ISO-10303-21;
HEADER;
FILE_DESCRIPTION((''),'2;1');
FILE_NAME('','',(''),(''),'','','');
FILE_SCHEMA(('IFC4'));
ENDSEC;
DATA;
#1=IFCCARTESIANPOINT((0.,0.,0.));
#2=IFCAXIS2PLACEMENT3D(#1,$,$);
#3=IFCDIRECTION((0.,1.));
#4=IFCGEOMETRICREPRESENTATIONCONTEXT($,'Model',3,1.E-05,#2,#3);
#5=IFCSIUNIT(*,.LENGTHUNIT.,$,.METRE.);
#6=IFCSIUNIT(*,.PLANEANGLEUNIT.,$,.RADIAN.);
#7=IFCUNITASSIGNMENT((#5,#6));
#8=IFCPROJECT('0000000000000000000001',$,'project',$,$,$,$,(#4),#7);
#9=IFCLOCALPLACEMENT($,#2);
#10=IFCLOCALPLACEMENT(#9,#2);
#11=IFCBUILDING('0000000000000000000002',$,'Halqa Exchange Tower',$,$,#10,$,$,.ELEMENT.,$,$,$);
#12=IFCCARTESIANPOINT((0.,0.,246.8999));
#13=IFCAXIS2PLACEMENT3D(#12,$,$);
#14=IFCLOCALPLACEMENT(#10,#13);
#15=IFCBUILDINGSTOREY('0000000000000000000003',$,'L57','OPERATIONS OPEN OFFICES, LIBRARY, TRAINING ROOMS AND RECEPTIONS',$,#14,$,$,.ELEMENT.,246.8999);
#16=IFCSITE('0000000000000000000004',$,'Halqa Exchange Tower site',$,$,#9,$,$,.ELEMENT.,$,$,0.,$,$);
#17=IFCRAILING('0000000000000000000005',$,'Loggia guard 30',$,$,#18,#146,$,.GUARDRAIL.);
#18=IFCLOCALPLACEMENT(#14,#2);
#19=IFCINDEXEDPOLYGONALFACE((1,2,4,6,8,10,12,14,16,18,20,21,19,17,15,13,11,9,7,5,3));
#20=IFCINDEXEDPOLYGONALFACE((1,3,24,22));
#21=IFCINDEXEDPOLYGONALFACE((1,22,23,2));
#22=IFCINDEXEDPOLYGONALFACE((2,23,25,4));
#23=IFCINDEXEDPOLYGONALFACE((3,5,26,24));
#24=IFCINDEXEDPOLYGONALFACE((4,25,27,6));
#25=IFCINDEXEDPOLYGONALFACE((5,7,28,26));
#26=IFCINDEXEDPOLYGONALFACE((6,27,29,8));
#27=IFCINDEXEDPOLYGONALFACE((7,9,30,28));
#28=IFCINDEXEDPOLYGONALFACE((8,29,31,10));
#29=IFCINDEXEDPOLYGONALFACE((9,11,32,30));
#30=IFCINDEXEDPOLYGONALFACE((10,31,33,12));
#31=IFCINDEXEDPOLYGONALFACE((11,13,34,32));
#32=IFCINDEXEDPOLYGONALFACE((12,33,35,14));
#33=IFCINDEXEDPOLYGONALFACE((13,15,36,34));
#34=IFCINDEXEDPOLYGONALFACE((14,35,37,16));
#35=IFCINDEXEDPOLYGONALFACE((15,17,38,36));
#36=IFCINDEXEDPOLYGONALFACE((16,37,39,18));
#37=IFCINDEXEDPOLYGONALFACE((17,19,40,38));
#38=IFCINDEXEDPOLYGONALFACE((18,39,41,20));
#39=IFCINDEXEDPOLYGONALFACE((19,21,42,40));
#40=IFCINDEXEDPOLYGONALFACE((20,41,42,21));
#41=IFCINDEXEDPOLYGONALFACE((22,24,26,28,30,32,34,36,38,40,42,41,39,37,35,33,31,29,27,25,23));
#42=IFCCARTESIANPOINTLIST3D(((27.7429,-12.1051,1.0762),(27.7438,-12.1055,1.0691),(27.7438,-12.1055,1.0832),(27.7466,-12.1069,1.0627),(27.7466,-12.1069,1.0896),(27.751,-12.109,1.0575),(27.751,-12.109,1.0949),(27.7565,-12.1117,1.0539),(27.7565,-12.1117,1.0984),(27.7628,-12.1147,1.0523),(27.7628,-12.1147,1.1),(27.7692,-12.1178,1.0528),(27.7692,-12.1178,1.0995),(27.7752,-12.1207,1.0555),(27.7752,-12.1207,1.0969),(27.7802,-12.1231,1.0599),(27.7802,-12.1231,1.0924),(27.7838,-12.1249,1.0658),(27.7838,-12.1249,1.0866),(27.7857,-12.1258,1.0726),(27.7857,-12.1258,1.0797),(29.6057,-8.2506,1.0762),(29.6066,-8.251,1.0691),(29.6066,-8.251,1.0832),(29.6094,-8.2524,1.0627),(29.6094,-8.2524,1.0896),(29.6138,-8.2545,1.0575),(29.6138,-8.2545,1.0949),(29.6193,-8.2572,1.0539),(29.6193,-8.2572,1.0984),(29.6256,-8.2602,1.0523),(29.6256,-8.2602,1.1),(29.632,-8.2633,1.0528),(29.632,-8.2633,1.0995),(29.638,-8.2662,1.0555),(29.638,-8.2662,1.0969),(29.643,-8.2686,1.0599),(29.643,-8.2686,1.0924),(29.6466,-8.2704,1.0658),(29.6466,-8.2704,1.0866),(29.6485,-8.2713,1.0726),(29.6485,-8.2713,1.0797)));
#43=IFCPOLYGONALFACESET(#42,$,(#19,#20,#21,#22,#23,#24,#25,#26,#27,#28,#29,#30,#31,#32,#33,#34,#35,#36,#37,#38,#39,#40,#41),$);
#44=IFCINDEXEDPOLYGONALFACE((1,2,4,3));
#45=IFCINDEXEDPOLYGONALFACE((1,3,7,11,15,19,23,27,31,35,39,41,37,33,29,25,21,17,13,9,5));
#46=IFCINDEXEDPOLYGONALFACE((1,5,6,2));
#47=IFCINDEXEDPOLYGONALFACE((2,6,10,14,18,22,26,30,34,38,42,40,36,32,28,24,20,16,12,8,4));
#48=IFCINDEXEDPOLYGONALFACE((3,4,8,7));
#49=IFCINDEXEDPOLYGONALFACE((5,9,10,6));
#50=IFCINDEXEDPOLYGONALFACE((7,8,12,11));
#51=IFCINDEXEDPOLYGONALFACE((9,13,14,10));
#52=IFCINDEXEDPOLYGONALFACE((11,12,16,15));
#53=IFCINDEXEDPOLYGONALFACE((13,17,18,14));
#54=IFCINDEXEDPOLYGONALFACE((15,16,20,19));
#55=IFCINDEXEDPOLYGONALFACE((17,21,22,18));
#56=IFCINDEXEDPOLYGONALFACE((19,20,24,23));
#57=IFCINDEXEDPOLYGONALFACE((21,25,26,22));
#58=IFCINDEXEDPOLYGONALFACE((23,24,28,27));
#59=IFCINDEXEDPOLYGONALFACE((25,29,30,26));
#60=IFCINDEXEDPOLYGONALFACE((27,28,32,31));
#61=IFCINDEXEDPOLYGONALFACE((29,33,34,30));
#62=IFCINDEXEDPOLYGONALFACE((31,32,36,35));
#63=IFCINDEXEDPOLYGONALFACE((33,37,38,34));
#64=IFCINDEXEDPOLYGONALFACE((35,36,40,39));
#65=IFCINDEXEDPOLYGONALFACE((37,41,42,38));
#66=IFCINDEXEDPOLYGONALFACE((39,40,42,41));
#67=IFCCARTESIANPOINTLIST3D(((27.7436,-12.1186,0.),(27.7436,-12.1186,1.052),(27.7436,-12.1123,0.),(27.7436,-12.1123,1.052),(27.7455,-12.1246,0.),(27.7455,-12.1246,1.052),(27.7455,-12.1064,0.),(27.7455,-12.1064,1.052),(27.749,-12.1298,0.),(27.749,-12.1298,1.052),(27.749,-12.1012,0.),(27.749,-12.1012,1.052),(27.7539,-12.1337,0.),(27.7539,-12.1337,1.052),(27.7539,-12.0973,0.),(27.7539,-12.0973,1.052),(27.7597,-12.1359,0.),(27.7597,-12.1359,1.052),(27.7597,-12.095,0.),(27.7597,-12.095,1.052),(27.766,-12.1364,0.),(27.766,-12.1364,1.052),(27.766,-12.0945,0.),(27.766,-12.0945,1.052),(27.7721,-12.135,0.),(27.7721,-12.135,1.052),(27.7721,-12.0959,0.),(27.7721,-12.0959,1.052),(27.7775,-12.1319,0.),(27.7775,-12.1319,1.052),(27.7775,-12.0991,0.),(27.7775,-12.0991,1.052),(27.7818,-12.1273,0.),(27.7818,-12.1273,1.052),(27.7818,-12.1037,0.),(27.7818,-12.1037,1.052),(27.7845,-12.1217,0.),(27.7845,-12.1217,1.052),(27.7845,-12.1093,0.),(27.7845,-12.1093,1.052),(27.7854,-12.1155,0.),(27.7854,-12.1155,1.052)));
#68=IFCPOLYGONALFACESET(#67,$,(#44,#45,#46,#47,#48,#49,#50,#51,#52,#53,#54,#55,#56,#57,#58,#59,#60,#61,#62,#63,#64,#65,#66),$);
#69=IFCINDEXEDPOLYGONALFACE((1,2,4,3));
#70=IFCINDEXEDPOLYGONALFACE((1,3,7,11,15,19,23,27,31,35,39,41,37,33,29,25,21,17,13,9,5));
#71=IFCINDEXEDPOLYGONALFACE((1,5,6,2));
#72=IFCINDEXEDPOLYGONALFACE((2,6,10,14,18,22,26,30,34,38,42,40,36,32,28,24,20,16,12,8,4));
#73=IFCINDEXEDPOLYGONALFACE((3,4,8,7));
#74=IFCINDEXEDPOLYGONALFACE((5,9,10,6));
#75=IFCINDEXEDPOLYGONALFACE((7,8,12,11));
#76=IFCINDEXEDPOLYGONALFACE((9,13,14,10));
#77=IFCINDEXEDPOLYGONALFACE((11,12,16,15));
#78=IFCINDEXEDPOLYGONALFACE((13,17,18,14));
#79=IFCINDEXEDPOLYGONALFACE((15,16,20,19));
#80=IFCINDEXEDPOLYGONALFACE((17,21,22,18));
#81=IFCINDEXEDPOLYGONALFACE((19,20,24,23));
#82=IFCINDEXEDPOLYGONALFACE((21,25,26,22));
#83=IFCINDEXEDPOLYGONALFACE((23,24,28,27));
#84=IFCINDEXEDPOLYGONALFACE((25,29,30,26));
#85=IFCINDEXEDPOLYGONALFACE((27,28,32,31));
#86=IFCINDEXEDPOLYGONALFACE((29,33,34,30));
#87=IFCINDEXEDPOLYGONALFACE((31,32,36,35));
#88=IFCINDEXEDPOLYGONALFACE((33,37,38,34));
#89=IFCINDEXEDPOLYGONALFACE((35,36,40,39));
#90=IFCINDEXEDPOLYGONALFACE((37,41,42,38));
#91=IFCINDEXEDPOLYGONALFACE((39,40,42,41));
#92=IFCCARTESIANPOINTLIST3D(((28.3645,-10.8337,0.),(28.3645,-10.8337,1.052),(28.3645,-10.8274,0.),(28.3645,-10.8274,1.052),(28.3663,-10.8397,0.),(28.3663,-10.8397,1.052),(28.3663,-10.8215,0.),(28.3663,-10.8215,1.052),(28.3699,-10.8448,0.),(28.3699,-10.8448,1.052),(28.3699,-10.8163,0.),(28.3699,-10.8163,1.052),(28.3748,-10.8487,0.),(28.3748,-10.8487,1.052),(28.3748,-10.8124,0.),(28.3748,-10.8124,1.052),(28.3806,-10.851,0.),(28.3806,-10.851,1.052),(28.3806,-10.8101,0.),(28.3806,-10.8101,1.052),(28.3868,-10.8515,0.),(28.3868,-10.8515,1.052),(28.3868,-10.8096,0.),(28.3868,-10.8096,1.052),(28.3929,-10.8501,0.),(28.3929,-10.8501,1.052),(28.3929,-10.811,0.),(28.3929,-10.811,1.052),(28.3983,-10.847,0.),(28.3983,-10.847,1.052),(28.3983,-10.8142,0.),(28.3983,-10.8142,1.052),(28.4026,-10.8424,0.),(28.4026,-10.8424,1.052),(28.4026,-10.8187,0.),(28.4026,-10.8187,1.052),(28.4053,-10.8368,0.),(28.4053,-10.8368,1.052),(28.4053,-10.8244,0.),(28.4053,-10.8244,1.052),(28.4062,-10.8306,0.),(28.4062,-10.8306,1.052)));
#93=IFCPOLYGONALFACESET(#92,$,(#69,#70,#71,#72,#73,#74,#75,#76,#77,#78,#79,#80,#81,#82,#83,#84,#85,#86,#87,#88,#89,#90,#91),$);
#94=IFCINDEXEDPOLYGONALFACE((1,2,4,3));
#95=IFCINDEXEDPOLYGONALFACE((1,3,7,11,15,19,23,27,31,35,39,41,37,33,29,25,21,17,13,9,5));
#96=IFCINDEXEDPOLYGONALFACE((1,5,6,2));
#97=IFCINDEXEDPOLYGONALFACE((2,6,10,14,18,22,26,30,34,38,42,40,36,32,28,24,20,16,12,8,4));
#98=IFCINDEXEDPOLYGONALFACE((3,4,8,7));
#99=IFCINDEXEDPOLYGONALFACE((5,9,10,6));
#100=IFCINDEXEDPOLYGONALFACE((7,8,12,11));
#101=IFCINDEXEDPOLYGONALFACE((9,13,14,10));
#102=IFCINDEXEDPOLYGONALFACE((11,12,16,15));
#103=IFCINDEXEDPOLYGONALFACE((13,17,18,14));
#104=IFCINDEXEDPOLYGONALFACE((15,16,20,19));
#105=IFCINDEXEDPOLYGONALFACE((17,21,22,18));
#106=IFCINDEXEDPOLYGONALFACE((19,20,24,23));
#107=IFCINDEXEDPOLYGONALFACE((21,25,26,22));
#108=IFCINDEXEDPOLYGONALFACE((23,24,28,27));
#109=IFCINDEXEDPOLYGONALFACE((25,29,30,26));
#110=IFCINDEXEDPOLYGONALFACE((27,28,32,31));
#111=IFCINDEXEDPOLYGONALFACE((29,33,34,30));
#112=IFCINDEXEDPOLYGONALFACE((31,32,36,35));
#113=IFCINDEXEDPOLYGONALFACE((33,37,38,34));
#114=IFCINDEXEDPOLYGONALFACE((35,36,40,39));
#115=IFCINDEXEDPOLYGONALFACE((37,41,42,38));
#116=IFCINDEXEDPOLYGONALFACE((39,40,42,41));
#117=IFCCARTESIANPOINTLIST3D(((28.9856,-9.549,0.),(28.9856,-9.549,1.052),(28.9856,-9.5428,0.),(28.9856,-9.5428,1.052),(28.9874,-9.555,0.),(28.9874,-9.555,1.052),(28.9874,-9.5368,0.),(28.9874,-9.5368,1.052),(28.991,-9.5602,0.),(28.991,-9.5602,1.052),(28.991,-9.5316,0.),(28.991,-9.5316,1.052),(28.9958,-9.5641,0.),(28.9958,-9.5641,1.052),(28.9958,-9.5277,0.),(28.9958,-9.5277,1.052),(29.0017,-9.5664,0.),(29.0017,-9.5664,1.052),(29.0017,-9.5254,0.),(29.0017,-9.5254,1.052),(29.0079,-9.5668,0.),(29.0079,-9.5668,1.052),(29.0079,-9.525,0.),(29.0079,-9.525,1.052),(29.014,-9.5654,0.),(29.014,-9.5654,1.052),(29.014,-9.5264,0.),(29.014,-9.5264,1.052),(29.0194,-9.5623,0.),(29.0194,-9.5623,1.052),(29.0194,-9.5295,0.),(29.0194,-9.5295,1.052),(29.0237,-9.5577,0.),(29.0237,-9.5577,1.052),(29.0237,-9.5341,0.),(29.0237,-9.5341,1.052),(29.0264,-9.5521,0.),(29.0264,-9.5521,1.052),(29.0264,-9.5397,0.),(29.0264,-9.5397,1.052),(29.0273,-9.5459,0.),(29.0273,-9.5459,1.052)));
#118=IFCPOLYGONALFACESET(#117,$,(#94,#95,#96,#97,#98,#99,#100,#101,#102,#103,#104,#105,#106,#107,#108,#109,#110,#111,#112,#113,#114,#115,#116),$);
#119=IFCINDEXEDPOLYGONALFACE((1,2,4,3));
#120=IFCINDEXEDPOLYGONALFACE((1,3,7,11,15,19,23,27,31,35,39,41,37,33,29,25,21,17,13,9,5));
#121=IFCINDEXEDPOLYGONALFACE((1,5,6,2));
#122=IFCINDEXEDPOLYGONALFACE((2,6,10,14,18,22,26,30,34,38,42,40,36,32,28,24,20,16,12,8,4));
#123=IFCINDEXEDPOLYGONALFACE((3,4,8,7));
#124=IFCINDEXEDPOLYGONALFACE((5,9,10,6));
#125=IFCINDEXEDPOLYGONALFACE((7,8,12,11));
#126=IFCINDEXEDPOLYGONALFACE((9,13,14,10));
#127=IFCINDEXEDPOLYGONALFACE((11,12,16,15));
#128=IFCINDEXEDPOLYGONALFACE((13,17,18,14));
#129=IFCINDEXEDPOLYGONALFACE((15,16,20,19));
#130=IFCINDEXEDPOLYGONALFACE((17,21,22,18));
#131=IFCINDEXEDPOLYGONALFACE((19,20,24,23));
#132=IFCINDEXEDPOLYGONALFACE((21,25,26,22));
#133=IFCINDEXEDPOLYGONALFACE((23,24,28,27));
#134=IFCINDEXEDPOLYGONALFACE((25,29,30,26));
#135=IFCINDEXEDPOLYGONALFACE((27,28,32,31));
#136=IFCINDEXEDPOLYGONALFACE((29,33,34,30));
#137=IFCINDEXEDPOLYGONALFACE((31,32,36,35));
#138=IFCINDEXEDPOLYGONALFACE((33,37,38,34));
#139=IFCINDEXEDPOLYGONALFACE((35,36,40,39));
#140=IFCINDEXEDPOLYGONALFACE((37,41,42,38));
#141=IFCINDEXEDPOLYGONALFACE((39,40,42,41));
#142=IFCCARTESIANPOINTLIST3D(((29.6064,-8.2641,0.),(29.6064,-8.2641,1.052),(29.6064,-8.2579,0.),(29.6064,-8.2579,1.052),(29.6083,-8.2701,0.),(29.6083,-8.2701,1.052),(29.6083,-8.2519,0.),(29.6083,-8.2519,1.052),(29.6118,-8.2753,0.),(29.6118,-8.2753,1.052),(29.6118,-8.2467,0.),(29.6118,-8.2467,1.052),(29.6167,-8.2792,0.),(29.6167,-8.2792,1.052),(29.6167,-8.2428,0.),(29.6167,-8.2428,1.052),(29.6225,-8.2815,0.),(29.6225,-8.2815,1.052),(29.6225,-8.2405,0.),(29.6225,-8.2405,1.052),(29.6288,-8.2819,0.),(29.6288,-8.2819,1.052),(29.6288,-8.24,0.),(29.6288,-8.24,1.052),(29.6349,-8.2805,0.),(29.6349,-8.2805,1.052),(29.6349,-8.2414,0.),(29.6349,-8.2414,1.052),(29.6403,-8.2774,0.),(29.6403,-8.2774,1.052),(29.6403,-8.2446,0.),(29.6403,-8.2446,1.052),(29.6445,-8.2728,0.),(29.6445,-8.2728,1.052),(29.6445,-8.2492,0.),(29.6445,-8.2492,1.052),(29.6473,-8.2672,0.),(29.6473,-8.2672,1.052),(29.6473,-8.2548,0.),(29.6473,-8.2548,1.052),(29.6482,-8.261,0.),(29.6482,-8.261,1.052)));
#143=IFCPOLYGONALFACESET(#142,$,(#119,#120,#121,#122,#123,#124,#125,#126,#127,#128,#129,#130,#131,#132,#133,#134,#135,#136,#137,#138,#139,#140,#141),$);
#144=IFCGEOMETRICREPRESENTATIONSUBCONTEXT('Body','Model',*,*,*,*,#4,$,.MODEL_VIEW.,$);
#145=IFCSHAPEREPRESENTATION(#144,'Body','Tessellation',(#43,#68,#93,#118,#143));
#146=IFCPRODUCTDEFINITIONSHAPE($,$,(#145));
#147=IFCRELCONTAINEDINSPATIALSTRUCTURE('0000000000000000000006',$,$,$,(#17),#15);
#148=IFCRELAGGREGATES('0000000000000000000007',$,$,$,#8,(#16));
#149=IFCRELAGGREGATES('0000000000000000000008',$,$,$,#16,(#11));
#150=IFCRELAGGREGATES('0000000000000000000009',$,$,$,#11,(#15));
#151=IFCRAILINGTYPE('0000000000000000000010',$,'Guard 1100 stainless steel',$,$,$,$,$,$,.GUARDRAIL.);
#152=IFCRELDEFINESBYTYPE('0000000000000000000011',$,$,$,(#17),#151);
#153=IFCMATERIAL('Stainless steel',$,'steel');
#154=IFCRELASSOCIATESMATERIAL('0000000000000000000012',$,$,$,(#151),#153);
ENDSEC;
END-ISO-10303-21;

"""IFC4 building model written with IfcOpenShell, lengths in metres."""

from ifc_helpers import new_model, si_unit, direction, frame, origin, origin_2d, place, context, subcontext, project, spatial, circle, extrude, material, type_object, element, save


model = new_model("IFC4")

# Units and contexts
model_context = context("Model", 3, precision=1e-05, world=origin(), true_north=direction((0.0, 1.0)))
body_context = subcontext(model_context, "Body", "Model", "MODEL_VIEW")
ifc_project = project(units=[si_unit("LENGTHUNIT", "METRE"), si_unit("PLANEANGLEUNIT", "RADIAN")], contexts=[model_context])

# Site, building, storey
site_placement = place(None, origin())
site = spatial("IfcSite", under=ifc_project, at=site_placement, Name="Halqa Exchange Tower site", CompositionType="ELEMENT", RefElevation=0.0)
building_placement = place(site_placement, origin())
building = spatial("IfcBuilding", under=site, at=building_placement, Name="Halqa Exchange Tower", CompositionType="ELEMENT")
storey_placement = place(building_placement, frame((0.0, 0.0, 246.8999)))
storey = spatial("IfcBuildingStorey", under=building, at=storey_placement, Name="L57", Description="OPERATIONS OPEN OFFICES, LIBRARY, TRAINING ROOMS AND RECEPTIONS", CompositionType="ELEMENT", Elevation=246.8999)

# Railing
ifc_material_1 = material(Name="Stainless steel", Category="steel")
railing_type = type_object("IfcRailingType", Name="Guard 1100 stainless steel", PredefinedType="GUARDRAIL", material=ifc_material_1)
railing_1_placement = place(storey_placement, frame((27.7644, -12.1155, 0.0)))
element("IfcRailing", 1, at=railing_1_placement, inside=storey, type_object=railing_type, Name="Loggia guard 30", PredefinedType="GUARDRAIL", context=body_context, shape_type="SweptSolid", body=[
    extrude(circle(Radius=0.0239, at=origin_2d()), frame((0.0, 0.0, 1.0762), z_axis=(0.435129, 0.900368, 0.0), x_axis=(-0.900368, 0.435129, 0.0)), (0.0, 0.0, 1.0), 4.281),
    extrude(circle(Radius=0.021, at=origin_2d()), origin(), (0.0, 0.0, 1.0), 1.052),
    extrude(circle(Radius=0.021, at=origin_2d()), frame((0.6208, 1.2849, 0.0)), (0.0, 0.0, 1.0), 1.052),
    extrude(circle(Radius=0.021, at=origin_2d()), frame((1.2419, 2.5696, 0.0)), (0.0, 0.0, 1.0), 1.052),
    extrude(circle(Radius=0.021, at=origin_2d()), frame((1.8628, 3.8545, 0.0)), (0.0, 0.0, 1.0), 1.052),
])

save(model, "model.ifc")
